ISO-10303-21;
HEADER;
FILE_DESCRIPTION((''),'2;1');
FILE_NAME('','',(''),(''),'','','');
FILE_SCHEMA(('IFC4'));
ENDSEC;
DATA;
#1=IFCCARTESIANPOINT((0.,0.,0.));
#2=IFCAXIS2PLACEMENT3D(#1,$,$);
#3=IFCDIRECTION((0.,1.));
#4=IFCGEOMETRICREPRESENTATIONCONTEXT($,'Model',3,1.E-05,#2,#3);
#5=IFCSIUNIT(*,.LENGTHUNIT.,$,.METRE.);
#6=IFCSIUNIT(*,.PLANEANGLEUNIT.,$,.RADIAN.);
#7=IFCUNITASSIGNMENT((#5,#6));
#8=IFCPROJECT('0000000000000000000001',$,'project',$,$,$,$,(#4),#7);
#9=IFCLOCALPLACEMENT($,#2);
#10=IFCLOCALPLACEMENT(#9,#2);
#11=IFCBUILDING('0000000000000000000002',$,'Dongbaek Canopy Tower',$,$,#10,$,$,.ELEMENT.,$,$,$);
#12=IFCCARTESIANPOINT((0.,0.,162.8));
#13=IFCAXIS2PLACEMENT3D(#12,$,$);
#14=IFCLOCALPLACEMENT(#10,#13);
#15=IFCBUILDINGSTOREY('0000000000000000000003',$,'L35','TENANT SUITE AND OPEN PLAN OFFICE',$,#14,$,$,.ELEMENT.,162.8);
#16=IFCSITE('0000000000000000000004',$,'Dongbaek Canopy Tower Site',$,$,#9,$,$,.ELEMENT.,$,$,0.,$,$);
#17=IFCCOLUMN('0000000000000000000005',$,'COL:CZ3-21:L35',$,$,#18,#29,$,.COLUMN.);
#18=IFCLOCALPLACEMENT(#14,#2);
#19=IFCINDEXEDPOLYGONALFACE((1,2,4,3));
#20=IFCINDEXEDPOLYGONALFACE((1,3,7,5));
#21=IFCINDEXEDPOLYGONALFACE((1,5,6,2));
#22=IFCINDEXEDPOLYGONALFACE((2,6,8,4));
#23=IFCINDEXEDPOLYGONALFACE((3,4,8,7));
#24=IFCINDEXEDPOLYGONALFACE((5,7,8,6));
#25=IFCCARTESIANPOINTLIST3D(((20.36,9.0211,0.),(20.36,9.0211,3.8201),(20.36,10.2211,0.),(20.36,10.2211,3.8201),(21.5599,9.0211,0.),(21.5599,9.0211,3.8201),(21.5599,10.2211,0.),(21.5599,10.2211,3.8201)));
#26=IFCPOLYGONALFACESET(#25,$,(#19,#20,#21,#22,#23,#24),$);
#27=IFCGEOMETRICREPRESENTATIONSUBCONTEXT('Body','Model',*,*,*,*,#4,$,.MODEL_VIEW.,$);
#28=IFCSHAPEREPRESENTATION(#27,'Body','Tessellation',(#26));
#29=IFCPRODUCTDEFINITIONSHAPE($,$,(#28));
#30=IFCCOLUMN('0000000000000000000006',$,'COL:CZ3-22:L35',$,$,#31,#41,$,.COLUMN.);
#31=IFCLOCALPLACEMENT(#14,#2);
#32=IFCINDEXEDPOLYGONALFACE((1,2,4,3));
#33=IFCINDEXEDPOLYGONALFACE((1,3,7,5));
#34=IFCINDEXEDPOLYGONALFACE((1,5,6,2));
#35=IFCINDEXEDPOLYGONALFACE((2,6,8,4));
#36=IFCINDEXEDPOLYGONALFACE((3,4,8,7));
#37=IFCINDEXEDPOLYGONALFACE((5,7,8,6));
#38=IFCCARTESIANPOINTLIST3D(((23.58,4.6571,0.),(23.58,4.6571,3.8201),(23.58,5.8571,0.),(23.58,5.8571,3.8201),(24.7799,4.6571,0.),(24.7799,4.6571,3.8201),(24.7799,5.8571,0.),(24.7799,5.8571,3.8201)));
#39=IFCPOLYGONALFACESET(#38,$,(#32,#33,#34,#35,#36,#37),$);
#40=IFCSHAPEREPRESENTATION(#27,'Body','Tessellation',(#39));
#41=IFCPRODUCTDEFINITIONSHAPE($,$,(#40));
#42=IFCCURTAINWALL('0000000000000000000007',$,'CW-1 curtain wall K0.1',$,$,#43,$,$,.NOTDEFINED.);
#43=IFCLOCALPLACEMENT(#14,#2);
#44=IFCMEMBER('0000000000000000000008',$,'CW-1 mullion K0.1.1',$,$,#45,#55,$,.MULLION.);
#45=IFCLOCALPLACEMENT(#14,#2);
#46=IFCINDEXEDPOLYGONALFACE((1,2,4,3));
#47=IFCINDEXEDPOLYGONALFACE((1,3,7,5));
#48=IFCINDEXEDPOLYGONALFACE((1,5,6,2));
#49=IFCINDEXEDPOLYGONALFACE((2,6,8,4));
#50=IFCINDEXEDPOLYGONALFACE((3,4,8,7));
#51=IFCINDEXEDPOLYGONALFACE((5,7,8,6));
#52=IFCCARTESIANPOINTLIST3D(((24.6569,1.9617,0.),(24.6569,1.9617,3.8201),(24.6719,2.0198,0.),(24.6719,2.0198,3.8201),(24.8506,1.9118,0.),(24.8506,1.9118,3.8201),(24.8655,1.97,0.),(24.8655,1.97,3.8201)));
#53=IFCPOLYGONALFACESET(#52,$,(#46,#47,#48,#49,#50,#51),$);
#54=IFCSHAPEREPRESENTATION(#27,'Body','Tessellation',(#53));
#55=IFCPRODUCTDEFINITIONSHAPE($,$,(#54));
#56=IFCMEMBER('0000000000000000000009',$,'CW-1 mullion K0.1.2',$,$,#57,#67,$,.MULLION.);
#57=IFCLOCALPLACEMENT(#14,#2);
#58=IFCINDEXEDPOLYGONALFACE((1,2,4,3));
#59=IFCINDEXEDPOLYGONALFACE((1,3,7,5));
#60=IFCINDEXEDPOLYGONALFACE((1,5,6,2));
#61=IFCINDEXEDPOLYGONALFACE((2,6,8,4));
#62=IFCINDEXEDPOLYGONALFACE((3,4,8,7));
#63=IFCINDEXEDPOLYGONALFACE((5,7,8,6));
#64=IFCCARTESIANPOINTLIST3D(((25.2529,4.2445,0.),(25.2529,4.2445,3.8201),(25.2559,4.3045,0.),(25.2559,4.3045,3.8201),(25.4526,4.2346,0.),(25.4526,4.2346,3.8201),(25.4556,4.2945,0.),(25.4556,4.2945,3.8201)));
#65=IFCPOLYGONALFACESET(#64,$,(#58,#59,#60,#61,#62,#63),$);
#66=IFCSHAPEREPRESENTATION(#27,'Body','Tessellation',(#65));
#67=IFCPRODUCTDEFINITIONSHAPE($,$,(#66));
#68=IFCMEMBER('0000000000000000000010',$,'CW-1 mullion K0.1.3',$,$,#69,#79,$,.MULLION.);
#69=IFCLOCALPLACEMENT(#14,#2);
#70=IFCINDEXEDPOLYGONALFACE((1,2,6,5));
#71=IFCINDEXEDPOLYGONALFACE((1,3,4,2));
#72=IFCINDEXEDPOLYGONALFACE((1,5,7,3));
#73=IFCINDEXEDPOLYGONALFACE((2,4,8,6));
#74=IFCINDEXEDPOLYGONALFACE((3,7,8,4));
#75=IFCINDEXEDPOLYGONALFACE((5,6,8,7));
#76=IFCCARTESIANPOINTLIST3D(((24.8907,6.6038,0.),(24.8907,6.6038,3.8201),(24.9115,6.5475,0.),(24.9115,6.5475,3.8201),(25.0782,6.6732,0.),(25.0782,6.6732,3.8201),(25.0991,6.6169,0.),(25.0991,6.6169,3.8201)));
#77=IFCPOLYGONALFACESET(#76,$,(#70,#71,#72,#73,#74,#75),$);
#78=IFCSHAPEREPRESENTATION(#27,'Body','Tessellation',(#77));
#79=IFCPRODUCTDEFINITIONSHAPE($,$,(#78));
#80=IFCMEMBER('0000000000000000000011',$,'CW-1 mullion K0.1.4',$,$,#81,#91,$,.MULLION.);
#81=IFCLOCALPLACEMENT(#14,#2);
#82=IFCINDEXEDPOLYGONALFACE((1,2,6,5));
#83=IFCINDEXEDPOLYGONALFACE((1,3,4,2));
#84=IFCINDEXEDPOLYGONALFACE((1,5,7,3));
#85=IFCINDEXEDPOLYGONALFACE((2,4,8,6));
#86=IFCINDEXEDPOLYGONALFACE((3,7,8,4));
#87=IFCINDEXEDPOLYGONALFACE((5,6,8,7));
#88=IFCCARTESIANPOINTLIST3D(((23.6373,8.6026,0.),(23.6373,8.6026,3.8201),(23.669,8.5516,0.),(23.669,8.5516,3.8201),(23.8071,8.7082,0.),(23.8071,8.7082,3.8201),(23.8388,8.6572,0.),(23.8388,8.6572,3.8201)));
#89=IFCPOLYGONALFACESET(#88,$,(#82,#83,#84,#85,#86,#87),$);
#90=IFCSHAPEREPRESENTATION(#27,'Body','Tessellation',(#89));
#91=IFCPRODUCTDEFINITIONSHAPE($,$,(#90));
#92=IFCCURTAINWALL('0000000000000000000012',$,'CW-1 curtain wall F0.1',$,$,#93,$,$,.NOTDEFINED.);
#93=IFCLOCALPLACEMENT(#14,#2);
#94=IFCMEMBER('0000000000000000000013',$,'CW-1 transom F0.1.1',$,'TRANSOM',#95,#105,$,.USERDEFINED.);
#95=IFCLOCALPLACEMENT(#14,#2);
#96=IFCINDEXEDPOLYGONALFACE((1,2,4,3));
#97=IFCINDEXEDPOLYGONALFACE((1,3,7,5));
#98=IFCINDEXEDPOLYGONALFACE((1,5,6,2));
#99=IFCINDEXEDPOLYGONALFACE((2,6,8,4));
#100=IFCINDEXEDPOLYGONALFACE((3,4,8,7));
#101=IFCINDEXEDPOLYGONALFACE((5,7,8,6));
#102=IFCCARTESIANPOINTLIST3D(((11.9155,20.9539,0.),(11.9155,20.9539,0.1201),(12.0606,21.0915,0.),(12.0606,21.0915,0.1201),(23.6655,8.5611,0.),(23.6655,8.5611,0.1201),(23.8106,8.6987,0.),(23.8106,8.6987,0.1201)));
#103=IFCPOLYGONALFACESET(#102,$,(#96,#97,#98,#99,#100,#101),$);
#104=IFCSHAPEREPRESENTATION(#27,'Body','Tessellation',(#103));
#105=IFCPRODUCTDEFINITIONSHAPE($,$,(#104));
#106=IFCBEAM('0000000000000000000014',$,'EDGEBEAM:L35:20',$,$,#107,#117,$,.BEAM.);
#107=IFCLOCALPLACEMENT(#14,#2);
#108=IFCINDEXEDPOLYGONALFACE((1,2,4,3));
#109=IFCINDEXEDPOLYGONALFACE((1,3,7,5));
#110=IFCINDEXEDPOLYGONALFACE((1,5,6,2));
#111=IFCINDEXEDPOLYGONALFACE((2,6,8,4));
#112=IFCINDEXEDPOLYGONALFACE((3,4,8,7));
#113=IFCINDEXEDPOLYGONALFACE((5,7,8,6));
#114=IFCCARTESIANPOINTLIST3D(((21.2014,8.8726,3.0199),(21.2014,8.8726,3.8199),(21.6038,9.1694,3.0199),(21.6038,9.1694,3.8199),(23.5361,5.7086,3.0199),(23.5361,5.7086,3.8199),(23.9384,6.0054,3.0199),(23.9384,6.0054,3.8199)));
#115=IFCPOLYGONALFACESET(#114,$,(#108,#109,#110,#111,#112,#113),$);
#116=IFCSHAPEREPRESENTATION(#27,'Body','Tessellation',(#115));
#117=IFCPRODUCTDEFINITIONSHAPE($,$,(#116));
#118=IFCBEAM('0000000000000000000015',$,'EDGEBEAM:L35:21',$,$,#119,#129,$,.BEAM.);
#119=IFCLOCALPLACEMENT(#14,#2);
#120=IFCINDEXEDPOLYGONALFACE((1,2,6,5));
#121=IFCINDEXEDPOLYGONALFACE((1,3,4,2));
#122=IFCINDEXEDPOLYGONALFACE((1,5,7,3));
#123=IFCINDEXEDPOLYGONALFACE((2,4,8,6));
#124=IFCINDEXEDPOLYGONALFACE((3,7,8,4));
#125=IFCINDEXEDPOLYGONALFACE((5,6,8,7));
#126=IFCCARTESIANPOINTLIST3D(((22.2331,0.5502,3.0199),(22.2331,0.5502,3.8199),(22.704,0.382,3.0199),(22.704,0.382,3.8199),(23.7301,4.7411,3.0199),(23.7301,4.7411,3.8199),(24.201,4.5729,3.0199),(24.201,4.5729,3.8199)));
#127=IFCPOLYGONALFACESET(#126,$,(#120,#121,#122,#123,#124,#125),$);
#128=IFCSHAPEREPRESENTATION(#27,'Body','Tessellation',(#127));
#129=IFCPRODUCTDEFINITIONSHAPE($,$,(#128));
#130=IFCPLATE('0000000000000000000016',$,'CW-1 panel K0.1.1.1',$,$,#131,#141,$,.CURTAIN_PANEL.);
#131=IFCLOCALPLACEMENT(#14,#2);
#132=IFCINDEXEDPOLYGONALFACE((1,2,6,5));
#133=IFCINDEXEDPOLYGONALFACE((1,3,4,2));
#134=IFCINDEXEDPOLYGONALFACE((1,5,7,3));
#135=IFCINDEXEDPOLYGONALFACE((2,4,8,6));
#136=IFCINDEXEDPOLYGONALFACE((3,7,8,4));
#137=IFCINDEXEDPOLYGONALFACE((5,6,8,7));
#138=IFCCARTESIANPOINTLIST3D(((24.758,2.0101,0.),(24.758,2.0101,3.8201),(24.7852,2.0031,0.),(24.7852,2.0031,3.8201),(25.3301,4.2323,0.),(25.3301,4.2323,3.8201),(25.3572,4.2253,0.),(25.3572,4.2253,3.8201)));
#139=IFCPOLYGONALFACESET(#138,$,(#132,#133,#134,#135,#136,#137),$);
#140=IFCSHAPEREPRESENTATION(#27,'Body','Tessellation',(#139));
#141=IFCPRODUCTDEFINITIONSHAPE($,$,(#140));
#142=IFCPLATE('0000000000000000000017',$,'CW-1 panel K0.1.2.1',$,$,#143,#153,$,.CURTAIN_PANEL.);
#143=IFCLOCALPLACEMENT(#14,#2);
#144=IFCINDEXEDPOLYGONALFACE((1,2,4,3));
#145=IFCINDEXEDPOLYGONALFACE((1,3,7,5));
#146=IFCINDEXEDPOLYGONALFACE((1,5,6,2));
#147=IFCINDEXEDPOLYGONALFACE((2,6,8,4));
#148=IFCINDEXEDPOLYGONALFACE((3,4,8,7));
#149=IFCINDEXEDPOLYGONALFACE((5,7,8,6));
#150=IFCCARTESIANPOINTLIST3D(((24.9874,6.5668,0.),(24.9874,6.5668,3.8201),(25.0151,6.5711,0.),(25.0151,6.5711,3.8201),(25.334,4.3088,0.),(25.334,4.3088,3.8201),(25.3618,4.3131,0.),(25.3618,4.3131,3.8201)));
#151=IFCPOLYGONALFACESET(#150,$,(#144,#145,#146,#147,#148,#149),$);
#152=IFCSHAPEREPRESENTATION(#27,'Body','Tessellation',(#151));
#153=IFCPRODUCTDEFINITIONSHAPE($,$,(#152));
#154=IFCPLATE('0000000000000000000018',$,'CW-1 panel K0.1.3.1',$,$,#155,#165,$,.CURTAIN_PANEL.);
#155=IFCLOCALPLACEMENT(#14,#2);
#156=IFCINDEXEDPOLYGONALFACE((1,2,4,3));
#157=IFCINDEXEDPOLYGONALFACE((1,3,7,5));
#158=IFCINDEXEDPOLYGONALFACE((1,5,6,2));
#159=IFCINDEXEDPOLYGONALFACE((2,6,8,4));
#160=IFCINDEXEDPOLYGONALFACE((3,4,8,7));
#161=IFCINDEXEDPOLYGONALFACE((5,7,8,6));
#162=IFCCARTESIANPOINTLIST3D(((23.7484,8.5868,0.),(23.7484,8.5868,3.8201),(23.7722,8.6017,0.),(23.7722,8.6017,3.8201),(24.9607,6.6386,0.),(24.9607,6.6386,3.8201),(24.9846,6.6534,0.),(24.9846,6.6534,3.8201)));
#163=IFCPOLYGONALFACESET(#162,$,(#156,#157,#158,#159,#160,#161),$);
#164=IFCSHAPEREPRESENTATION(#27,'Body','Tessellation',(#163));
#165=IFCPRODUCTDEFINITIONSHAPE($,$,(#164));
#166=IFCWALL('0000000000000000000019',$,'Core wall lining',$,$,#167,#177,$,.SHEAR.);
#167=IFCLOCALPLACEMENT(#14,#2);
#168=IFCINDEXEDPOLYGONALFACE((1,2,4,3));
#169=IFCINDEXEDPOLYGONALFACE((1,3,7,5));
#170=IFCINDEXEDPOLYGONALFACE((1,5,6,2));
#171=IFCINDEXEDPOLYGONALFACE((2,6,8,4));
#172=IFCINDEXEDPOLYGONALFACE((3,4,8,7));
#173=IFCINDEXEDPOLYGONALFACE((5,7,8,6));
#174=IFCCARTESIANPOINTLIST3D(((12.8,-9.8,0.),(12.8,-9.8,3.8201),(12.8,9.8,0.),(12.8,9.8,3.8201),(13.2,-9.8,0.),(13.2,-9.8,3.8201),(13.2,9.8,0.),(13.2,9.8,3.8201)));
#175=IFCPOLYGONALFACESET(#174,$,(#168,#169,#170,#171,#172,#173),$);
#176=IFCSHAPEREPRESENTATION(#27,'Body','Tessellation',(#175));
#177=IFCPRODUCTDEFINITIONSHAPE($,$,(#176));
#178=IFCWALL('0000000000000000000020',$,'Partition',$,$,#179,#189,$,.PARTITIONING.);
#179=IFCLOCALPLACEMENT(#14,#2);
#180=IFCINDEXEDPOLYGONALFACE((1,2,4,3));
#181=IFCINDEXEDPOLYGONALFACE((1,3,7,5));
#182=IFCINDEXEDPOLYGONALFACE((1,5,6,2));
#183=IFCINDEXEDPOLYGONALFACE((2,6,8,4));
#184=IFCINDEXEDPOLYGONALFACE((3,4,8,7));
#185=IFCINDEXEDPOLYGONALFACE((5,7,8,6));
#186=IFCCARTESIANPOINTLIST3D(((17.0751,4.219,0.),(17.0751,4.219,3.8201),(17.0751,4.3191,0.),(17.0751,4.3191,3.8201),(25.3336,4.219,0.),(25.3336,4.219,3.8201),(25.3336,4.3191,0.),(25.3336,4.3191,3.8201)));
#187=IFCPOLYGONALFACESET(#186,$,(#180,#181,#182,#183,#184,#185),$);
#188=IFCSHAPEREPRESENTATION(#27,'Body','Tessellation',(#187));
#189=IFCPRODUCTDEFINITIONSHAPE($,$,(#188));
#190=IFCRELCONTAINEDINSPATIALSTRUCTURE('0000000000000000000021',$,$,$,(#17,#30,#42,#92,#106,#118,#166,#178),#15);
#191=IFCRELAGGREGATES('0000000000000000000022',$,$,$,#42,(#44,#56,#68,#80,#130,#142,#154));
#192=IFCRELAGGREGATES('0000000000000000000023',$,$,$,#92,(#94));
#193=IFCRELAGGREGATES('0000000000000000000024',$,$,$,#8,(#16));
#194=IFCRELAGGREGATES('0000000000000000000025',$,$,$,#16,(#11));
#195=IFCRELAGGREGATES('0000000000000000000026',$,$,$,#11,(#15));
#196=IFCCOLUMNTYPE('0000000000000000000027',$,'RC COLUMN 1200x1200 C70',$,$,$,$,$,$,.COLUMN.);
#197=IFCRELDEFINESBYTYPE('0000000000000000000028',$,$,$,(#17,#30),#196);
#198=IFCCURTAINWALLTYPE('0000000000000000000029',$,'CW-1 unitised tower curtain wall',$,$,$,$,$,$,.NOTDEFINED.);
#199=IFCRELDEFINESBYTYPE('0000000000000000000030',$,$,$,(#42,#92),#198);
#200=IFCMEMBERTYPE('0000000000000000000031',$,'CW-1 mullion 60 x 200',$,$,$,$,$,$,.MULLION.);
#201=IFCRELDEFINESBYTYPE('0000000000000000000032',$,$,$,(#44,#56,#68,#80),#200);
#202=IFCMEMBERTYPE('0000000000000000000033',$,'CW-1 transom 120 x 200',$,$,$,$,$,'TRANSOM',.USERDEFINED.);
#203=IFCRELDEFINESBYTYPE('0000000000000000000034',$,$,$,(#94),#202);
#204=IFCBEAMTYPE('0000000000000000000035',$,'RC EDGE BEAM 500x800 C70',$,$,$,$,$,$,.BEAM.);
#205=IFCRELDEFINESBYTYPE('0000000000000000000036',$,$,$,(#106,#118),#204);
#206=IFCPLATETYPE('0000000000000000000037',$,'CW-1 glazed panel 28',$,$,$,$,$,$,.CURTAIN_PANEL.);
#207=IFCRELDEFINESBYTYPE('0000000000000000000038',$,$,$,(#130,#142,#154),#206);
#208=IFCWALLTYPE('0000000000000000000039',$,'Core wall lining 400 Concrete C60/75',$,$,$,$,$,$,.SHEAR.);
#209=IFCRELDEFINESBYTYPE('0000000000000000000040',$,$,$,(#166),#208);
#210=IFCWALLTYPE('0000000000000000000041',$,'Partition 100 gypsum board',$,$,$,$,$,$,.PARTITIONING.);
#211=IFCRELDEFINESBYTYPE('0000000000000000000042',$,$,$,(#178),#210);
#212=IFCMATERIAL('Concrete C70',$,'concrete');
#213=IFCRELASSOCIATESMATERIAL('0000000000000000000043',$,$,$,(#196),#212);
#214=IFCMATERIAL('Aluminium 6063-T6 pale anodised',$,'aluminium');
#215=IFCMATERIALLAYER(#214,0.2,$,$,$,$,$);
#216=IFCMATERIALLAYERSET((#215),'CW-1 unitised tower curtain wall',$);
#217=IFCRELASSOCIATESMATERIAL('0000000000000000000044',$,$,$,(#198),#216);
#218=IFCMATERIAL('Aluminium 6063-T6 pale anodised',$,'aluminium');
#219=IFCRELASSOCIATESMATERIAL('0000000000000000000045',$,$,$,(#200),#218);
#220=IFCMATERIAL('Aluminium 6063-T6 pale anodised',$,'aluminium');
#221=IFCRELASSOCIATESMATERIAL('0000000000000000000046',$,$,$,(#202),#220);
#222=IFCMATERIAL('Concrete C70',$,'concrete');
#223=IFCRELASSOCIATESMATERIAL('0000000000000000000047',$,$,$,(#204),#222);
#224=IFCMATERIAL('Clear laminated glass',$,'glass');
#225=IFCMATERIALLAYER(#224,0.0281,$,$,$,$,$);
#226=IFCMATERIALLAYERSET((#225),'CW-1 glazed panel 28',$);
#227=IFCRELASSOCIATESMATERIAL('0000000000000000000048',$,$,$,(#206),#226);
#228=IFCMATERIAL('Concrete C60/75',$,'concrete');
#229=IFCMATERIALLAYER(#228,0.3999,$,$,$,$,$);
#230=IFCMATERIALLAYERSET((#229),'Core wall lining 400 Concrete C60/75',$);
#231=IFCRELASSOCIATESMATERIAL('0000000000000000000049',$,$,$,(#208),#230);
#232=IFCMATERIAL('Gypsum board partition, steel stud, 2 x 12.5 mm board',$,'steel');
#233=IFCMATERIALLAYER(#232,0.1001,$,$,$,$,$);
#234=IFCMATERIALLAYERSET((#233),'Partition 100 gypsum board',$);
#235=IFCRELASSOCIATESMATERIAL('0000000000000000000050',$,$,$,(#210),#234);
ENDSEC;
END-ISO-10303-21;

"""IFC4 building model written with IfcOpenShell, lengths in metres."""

from ifc_helpers import new_model, si_unit, direction, frame, frame_2d, origin, origin_2d, place, context, subcontext, project, spatial, rectangle, extrude, material, layer, layer_set, material_profile, profile_set, type_object, element, aggregate, save


model = new_model("IFC4")

# Units and contexts
model_context = context("Model", 3, precision=1e-05, world=origin(), true_north=direction((0.0, 1.0)))
body_context = subcontext(model_context, "Body", "Model", "MODEL_VIEW")
ifc_project = project(units=[si_unit("LENGTHUNIT", "METRE"), si_unit("PLANEANGLEUNIT", "RADIAN")], contexts=[model_context])

# Site, building, storey
site_placement = place(None, origin())
site = spatial("IfcSite", under=ifc_project, at=site_placement, Name="Dongbaek Canopy Tower Site", CompositionType="ELEMENT", RefElevation=0.0)
building_placement = place(site_placement, origin())
building = spatial("IfcBuilding", under=site, at=building_placement, Name="Dongbaek Canopy Tower", CompositionType="ELEMENT")
storey_placement = place(building_placement, frame((0.0, 0.0, 162.8)))
storey = spatial("IfcBuildingStorey", under=building, at=storey_placement, Name="L35", Description="TENANT SUITE AND OPEN PLAN OFFICE", CompositionType="ELEMENT", Elevation=162.8)

# Columns
ifc_material_1 = material(Name="Concrete C70", Category="concrete")
ifc_material_profile_1 = material_profile(ifc_material_1, rectangle(XDim=1.2, YDim=1.2, at=origin_2d()), Name="RC COLUMN 1200x1200 C70")
ifc_profile_set_1 = profile_set([ifc_material_profile_1], Name="Concrete C70")
column_type = type_object("IfcColumnType", Name="RC COLUMN 1200x1200 C70", PredefinedType="COLUMN", material=ifc_profile_set_1)
for number, where, z_axis, x_axis, name in (
    (1, (20.96, 9.6211, 0.0), (0.0, 0.0, 1.0), (1.0, 0.0, 0.0), "COL:CZ3-21:L35"),
    (2, (24.1799, 5.2571, 0.0), (0.0, 0.0, 1.0), (1.0, 0.0, 0.0), "COL:CZ3-22:L35"),
):
    element("IfcColumn", number, at=place(storey_placement, frame(where, z_axis=z_axis, x_axis=x_axis)), inside=storey, type_object=column_type, Name=name, PredefinedType="COLUMN", context=body_context, shape_type="SweptSolid", body=[
        extrude(rectangle(XDim=1.2, YDim=1.2, at=origin_2d()), origin(), (0.0, 0.0, 1.0), 3.8201),
    ])

# Curtain wall, members
ifc_material_2 = material(Name="Aluminium 6063-T6 pale anodised", Category="aluminium")
ifc_layer_1 = layer(ifc_material_2, 0.2)
ifc_layer_set_1 = layer_set([ifc_layer_1], Name="CW-1 unitised tower curtain wall")
curtain_wall_type = type_object("IfcCurtainWallType", Name="CW-1 unitised tower curtain wall", PredefinedType="NOTDEFINED", material=ifc_layer_set_1)
curtain_wall_1_placement = place(storey_placement, origin())
curtain_wall_1 = element("IfcCurtainWall", 3, at=curtain_wall_1_placement, inside=storey, type_object=curtain_wall_type, Name="CW-1 curtain wall K0.1", PredefinedType="NOTDEFINED")
ifc_material_3 = material(Name="Aluminium 6063-T6 pale anodised", Category="aluminium")
ifc_material_profile_2 = material_profile(ifc_material_3, rectangle(XDim=0.2, YDim=0.0601, at=origin_2d()), Name="CW-1 mullion 60 x 200")
ifc_profile_set_2 = profile_set([ifc_material_profile_2], Name="Aluminium 6063-T6 pale anodised")
member_type_1 = type_object("IfcMemberType", Name="CW-1 mullion 60 x 200", PredefinedType="MULLION", material=ifc_profile_set_2)
member_1_placement = place(storey_placement, frame((24.7612, 1.9658, 0.0), z_axis=(0.0, 0.0, 1.0), x_axis=(0.968425, -0.249305, 0.0)))
member_1 = element("IfcMember", 4, at=member_1_placement, type_object=member_type_1, Name="CW-1 mullion K0.1.1", PredefinedType="MULLION", context=body_context, shape_type="SweptSolid", body=[
    extrude(rectangle(XDim=0.2, YDim=0.0601, at=origin_2d()), origin(), (0.0, 0.0, 1.0), 3.8201),
])
member_2_placement = place(storey_placement, frame((25.3542, 4.2695, 0.0), z_axis=(0.0, 0.0, 1.0), x_axis=(0.99876, -0.049791, 0.0)))
member_2 = element("IfcMember", 5, at=member_2_placement, type_object=member_type_1, Name="CW-1 mullion K0.1.2", PredefinedType="MULLION", context=body_context, shape_type="SweptSolid", body=[
    extrude(rectangle(XDim=0.2, YDim=0.0601, at=origin_2d()), origin(), (0.0, 0.0, 1.0), 3.8201),
])
member_3_placement = place(storey_placement, frame((24.9949, 6.6104, 0.0), z_axis=(0.0, 0.0, 1.0), x_axis=(0.937824, 0.34711, 0.0)))
member_3 = element("IfcMember", 6, at=member_3_placement, type_object=member_type_1, Name="CW-1 mullion K0.1.3", PredefinedType="MULLION", context=body_context, shape_type="SweptSolid", body=[
    extrude(rectangle(XDim=0.2, YDim=0.0601, at=origin_2d()), origin(), (0.0, 0.0, 1.0), 3.8201),
])
member_4_placement = place(storey_placement, frame((23.738, 8.6299, 0.0), z_axis=(0.0, 0.0, 1.0), x_axis=(0.849036, 0.528335, 0.0)))
member_4 = element("IfcMember", 7, at=member_4_placement, type_object=member_type_1, Name="CW-1 mullion K0.1.4", PredefinedType="MULLION", context=body_context, shape_type="SweptSolid", body=[
    extrude(rectangle(XDim=0.2, YDim=0.0601, at=origin_2d()), origin(), (0.0, 0.0, 1.0), 3.8201),
])

# Curtain wall, member
curtain_wall_2_placement = place(storey_placement, origin())
curtain_wall_2 = element("IfcCurtainWall", 8, at=curtain_wall_2_placement, inside=storey, type_object=curtain_wall_type, Name="CW-1 curtain wall F0.1", PredefinedType="NOTDEFINED")
ifc_material_4 = material(Name="Aluminium 6063-T6 pale anodised", Category="aluminium")
ifc_material_profile_3 = material_profile(ifc_material_4, rectangle(XDim=0.2, YDim=0.1201, at=origin_2d()), Name="CW-1 transom 120 x 200")
ifc_profile_set_3 = profile_set([ifc_material_profile_3], Name="Aluminium 6063-T6 pale anodised")
member_type_2 = type_object("IfcMemberType", Name="CW-1 transom 120 x 200", ElementType="TRANSOM", PredefinedType="USERDEFINED", material=ifc_profile_set_3)
member_5_placement = place(storey_placement, frame((23.738, 8.6299, 0.0601), z_axis=(-0.688036, 0.725677, 0.0), x_axis=(-0.725677, -0.688036, 0.0)))
member_5 = element("IfcMember", 9, at=member_5_placement, type_object=member_type_2, Name="CW-1 transom F0.1.1", ObjectType="TRANSOM", PredefinedType="USERDEFINED", context=body_context, shape_type="SweptSolid", body=[
    extrude(rectangle(XDim=0.2, YDim=0.1201, at=origin_2d()), origin(), (0.0, 0.0, 1.0), 17.0776),
])

# Beams
ifc_material_5 = material(Name="Concrete C70", Category="concrete")
ifc_material_profile_4 = material_profile(ifc_material_5, rectangle(XDim=0.5, YDim=0.8, at=origin_2d()), Name="RC EDGE BEAM 500x800 C70")
ifc_profile_set_4 = profile_set([ifc_material_profile_4], Name="Concrete C70")
beam_type = type_object("IfcBeamType", Name="RC EDGE BEAM 500x800 C70", PredefinedType="BEAM", material=ifc_profile_set_4)
beam_1_placement = place(storey_placement, frame((21.4026, 9.021, 3.4199), z_axis=(0.593743, -0.804655, 0.0), x_axis=(0.804655, 0.593743, 0.0)))
element("IfcBeam", 10, at=beam_1_placement, inside=storey, type_object=beam_type, Name="EDGEBEAM:L35:20", PredefinedType="BEAM", context=body_context, shape_type="SweptSolid", body=[
    extrude(rectangle(XDim=0.5, YDim=0.8, at=origin_2d()), origin(), (0.0, 0.0, 1.0), 3.9321),
])
beam_2_placement = place(storey_placement, frame((23.9656, 4.657, 3.4199), z_axis=(-0.336399, -0.94172, 0.0), x_axis=(0.94172, -0.336399, 0.0)))
element("IfcBeam", 11, at=beam_2_placement, inside=storey, type_object=beam_type, Name="EDGEBEAM:L35:21", PredefinedType="BEAM", context=body_context, shape_type="SweptSolid", body=[
    extrude(rectangle(XDim=0.5, YDim=0.8, at=origin_2d()), origin(), (0.0, 0.0, 1.0), 4.4502),
])

# Plates
ifc_material_6 = material(Name="Clear laminated glass", Category="glass")
ifc_layer_2 = layer(ifc_material_6, 0.0281)
ifc_layer_set_2 = layer_set([ifc_layer_2], Name="CW-1 glazed panel 28")
plate_type = type_object("IfcPlateType", Name="CW-1 glazed panel 28", PredefinedType="CURTAIN_PANEL", material=ifc_layer_set_2)
plate_1_placement = place(storey_placement, frame((25.0576, 3.1177, 0.0), z_axis=(0.0, 0.0, 1.0), x_axis=(0.249305, 0.968425, 0.0)))
plate_1 = element("IfcPlate", 12, at=plate_1_placement, type_object=plate_type, Name="CW-1 panel K0.1.1.1", PredefinedType="CURTAIN_PANEL", context=body_context, shape_type="SweptSolid", body=[
    extrude(rectangle(XDim=2.2947, YDim=0.0281, at=origin_2d()), origin(), (0.0, 0.0, 1.0), 3.8201),
])
plate_2_placement = place(storey_placement, frame((25.1746, 5.4399, 0.0), z_axis=(0.0, 0.0, 1.0), x_axis=(-0.15175, 0.988419, 0.0)))
plate_2 = element("IfcPlate", 13, at=plate_2_placement, type_object=plate_type, Name="CW-1 panel K0.1.2.1", PredefinedType="CURTAIN_PANEL", context=body_context, shape_type="SweptSolid", body=[
    extrude(rectangle(XDim=2.2844, YDim=0.0281, at=origin_2d()), origin(), (0.0, 0.0, 1.0), 3.8201),
])
plate_3_placement = place(storey_placement, frame((24.3665, 7.6201, 0.0), z_axis=(0.0, 0.0, 1.0), x_axis=(-0.528335, 0.849036, 0.0)))
plate_3 = element("IfcPlate", 14, at=plate_3_placement, type_object=plate_type, Name="CW-1 panel K0.1.3.1", PredefinedType="CURTAIN_PANEL", context=body_context, shape_type="SweptSolid", body=[
    extrude(rectangle(XDim=2.2947, YDim=0.0281, at=origin_2d()), origin(), (0.0, 0.0, 1.0), 3.8201),
])

# Walls
ifc_material_7 = material(Name="Concrete C60/75", Category="concrete")
ifc_layer_3 = layer(ifc_material_7, 0.3999)
ifc_layer_set_3 = layer_set([ifc_layer_3], Name="Core wall lining 400 Concrete C60/75")
wall_type_1 = type_object("IfcWallType", Name="Core wall lining 400 Concrete C60/75", PredefinedType="SHEAR", material=ifc_layer_set_3)
wall_1_placement = place(storey_placement, frame((13.0, 9.8, 0.0), z_axis=(0.0, 0.0, 1.0), x_axis=(0.0, -1.0, 0.0)))
element("IfcWall", 15, at=wall_1_placement, inside=storey, type_object=wall_type_1, Name="Core wall lining", PredefinedType="SHEAR", context=body_context, shape_type="SweptSolid", body=[
    extrude(rectangle(XDim=19.6001, YDim=0.3999, at=frame_2d((9.8, 0.0))), origin(), (0.0, 0.0, 1.0), 3.8201),
])
ifc_material_8 = material(Name="Gypsum board partition, steel stud, 2 x 12.5 mm board", Category="steel")
ifc_layer_4 = layer(ifc_material_8, 0.1001)
ifc_layer_set_4 = layer_set([ifc_layer_4], Name="Partition 100 gypsum board")
wall_type_2 = type_object("IfcWallType", Name="Partition 100 gypsum board", PredefinedType="PARTITIONING", material=ifc_layer_set_4)
wall_2_placement = place(storey_placement, frame((17.075, 4.269, 0.0), z_axis=(0.0, 0.0, 1.0), x_axis=(1.0, 0.0, 0.0)))
element("IfcWall", 16, at=wall_2_placement, inside=storey, type_object=wall_type_2, Name="Partition", PredefinedType="PARTITIONING", context=body_context, shape_type="SweptSolid", body=[
    extrude(rectangle(XDim=8.2585, YDim=0.1001, at=frame_2d((4.1294, 0.0))), origin(), (0.0, 0.0, 1.0), 3.8201),
])

aggregate(curtain_wall_1, [member_1, member_2, member_3, member_4, plate_1, plate_2, plate_3])
aggregate(curtain_wall_2, [member_5])

save(model, "model.ifc")
